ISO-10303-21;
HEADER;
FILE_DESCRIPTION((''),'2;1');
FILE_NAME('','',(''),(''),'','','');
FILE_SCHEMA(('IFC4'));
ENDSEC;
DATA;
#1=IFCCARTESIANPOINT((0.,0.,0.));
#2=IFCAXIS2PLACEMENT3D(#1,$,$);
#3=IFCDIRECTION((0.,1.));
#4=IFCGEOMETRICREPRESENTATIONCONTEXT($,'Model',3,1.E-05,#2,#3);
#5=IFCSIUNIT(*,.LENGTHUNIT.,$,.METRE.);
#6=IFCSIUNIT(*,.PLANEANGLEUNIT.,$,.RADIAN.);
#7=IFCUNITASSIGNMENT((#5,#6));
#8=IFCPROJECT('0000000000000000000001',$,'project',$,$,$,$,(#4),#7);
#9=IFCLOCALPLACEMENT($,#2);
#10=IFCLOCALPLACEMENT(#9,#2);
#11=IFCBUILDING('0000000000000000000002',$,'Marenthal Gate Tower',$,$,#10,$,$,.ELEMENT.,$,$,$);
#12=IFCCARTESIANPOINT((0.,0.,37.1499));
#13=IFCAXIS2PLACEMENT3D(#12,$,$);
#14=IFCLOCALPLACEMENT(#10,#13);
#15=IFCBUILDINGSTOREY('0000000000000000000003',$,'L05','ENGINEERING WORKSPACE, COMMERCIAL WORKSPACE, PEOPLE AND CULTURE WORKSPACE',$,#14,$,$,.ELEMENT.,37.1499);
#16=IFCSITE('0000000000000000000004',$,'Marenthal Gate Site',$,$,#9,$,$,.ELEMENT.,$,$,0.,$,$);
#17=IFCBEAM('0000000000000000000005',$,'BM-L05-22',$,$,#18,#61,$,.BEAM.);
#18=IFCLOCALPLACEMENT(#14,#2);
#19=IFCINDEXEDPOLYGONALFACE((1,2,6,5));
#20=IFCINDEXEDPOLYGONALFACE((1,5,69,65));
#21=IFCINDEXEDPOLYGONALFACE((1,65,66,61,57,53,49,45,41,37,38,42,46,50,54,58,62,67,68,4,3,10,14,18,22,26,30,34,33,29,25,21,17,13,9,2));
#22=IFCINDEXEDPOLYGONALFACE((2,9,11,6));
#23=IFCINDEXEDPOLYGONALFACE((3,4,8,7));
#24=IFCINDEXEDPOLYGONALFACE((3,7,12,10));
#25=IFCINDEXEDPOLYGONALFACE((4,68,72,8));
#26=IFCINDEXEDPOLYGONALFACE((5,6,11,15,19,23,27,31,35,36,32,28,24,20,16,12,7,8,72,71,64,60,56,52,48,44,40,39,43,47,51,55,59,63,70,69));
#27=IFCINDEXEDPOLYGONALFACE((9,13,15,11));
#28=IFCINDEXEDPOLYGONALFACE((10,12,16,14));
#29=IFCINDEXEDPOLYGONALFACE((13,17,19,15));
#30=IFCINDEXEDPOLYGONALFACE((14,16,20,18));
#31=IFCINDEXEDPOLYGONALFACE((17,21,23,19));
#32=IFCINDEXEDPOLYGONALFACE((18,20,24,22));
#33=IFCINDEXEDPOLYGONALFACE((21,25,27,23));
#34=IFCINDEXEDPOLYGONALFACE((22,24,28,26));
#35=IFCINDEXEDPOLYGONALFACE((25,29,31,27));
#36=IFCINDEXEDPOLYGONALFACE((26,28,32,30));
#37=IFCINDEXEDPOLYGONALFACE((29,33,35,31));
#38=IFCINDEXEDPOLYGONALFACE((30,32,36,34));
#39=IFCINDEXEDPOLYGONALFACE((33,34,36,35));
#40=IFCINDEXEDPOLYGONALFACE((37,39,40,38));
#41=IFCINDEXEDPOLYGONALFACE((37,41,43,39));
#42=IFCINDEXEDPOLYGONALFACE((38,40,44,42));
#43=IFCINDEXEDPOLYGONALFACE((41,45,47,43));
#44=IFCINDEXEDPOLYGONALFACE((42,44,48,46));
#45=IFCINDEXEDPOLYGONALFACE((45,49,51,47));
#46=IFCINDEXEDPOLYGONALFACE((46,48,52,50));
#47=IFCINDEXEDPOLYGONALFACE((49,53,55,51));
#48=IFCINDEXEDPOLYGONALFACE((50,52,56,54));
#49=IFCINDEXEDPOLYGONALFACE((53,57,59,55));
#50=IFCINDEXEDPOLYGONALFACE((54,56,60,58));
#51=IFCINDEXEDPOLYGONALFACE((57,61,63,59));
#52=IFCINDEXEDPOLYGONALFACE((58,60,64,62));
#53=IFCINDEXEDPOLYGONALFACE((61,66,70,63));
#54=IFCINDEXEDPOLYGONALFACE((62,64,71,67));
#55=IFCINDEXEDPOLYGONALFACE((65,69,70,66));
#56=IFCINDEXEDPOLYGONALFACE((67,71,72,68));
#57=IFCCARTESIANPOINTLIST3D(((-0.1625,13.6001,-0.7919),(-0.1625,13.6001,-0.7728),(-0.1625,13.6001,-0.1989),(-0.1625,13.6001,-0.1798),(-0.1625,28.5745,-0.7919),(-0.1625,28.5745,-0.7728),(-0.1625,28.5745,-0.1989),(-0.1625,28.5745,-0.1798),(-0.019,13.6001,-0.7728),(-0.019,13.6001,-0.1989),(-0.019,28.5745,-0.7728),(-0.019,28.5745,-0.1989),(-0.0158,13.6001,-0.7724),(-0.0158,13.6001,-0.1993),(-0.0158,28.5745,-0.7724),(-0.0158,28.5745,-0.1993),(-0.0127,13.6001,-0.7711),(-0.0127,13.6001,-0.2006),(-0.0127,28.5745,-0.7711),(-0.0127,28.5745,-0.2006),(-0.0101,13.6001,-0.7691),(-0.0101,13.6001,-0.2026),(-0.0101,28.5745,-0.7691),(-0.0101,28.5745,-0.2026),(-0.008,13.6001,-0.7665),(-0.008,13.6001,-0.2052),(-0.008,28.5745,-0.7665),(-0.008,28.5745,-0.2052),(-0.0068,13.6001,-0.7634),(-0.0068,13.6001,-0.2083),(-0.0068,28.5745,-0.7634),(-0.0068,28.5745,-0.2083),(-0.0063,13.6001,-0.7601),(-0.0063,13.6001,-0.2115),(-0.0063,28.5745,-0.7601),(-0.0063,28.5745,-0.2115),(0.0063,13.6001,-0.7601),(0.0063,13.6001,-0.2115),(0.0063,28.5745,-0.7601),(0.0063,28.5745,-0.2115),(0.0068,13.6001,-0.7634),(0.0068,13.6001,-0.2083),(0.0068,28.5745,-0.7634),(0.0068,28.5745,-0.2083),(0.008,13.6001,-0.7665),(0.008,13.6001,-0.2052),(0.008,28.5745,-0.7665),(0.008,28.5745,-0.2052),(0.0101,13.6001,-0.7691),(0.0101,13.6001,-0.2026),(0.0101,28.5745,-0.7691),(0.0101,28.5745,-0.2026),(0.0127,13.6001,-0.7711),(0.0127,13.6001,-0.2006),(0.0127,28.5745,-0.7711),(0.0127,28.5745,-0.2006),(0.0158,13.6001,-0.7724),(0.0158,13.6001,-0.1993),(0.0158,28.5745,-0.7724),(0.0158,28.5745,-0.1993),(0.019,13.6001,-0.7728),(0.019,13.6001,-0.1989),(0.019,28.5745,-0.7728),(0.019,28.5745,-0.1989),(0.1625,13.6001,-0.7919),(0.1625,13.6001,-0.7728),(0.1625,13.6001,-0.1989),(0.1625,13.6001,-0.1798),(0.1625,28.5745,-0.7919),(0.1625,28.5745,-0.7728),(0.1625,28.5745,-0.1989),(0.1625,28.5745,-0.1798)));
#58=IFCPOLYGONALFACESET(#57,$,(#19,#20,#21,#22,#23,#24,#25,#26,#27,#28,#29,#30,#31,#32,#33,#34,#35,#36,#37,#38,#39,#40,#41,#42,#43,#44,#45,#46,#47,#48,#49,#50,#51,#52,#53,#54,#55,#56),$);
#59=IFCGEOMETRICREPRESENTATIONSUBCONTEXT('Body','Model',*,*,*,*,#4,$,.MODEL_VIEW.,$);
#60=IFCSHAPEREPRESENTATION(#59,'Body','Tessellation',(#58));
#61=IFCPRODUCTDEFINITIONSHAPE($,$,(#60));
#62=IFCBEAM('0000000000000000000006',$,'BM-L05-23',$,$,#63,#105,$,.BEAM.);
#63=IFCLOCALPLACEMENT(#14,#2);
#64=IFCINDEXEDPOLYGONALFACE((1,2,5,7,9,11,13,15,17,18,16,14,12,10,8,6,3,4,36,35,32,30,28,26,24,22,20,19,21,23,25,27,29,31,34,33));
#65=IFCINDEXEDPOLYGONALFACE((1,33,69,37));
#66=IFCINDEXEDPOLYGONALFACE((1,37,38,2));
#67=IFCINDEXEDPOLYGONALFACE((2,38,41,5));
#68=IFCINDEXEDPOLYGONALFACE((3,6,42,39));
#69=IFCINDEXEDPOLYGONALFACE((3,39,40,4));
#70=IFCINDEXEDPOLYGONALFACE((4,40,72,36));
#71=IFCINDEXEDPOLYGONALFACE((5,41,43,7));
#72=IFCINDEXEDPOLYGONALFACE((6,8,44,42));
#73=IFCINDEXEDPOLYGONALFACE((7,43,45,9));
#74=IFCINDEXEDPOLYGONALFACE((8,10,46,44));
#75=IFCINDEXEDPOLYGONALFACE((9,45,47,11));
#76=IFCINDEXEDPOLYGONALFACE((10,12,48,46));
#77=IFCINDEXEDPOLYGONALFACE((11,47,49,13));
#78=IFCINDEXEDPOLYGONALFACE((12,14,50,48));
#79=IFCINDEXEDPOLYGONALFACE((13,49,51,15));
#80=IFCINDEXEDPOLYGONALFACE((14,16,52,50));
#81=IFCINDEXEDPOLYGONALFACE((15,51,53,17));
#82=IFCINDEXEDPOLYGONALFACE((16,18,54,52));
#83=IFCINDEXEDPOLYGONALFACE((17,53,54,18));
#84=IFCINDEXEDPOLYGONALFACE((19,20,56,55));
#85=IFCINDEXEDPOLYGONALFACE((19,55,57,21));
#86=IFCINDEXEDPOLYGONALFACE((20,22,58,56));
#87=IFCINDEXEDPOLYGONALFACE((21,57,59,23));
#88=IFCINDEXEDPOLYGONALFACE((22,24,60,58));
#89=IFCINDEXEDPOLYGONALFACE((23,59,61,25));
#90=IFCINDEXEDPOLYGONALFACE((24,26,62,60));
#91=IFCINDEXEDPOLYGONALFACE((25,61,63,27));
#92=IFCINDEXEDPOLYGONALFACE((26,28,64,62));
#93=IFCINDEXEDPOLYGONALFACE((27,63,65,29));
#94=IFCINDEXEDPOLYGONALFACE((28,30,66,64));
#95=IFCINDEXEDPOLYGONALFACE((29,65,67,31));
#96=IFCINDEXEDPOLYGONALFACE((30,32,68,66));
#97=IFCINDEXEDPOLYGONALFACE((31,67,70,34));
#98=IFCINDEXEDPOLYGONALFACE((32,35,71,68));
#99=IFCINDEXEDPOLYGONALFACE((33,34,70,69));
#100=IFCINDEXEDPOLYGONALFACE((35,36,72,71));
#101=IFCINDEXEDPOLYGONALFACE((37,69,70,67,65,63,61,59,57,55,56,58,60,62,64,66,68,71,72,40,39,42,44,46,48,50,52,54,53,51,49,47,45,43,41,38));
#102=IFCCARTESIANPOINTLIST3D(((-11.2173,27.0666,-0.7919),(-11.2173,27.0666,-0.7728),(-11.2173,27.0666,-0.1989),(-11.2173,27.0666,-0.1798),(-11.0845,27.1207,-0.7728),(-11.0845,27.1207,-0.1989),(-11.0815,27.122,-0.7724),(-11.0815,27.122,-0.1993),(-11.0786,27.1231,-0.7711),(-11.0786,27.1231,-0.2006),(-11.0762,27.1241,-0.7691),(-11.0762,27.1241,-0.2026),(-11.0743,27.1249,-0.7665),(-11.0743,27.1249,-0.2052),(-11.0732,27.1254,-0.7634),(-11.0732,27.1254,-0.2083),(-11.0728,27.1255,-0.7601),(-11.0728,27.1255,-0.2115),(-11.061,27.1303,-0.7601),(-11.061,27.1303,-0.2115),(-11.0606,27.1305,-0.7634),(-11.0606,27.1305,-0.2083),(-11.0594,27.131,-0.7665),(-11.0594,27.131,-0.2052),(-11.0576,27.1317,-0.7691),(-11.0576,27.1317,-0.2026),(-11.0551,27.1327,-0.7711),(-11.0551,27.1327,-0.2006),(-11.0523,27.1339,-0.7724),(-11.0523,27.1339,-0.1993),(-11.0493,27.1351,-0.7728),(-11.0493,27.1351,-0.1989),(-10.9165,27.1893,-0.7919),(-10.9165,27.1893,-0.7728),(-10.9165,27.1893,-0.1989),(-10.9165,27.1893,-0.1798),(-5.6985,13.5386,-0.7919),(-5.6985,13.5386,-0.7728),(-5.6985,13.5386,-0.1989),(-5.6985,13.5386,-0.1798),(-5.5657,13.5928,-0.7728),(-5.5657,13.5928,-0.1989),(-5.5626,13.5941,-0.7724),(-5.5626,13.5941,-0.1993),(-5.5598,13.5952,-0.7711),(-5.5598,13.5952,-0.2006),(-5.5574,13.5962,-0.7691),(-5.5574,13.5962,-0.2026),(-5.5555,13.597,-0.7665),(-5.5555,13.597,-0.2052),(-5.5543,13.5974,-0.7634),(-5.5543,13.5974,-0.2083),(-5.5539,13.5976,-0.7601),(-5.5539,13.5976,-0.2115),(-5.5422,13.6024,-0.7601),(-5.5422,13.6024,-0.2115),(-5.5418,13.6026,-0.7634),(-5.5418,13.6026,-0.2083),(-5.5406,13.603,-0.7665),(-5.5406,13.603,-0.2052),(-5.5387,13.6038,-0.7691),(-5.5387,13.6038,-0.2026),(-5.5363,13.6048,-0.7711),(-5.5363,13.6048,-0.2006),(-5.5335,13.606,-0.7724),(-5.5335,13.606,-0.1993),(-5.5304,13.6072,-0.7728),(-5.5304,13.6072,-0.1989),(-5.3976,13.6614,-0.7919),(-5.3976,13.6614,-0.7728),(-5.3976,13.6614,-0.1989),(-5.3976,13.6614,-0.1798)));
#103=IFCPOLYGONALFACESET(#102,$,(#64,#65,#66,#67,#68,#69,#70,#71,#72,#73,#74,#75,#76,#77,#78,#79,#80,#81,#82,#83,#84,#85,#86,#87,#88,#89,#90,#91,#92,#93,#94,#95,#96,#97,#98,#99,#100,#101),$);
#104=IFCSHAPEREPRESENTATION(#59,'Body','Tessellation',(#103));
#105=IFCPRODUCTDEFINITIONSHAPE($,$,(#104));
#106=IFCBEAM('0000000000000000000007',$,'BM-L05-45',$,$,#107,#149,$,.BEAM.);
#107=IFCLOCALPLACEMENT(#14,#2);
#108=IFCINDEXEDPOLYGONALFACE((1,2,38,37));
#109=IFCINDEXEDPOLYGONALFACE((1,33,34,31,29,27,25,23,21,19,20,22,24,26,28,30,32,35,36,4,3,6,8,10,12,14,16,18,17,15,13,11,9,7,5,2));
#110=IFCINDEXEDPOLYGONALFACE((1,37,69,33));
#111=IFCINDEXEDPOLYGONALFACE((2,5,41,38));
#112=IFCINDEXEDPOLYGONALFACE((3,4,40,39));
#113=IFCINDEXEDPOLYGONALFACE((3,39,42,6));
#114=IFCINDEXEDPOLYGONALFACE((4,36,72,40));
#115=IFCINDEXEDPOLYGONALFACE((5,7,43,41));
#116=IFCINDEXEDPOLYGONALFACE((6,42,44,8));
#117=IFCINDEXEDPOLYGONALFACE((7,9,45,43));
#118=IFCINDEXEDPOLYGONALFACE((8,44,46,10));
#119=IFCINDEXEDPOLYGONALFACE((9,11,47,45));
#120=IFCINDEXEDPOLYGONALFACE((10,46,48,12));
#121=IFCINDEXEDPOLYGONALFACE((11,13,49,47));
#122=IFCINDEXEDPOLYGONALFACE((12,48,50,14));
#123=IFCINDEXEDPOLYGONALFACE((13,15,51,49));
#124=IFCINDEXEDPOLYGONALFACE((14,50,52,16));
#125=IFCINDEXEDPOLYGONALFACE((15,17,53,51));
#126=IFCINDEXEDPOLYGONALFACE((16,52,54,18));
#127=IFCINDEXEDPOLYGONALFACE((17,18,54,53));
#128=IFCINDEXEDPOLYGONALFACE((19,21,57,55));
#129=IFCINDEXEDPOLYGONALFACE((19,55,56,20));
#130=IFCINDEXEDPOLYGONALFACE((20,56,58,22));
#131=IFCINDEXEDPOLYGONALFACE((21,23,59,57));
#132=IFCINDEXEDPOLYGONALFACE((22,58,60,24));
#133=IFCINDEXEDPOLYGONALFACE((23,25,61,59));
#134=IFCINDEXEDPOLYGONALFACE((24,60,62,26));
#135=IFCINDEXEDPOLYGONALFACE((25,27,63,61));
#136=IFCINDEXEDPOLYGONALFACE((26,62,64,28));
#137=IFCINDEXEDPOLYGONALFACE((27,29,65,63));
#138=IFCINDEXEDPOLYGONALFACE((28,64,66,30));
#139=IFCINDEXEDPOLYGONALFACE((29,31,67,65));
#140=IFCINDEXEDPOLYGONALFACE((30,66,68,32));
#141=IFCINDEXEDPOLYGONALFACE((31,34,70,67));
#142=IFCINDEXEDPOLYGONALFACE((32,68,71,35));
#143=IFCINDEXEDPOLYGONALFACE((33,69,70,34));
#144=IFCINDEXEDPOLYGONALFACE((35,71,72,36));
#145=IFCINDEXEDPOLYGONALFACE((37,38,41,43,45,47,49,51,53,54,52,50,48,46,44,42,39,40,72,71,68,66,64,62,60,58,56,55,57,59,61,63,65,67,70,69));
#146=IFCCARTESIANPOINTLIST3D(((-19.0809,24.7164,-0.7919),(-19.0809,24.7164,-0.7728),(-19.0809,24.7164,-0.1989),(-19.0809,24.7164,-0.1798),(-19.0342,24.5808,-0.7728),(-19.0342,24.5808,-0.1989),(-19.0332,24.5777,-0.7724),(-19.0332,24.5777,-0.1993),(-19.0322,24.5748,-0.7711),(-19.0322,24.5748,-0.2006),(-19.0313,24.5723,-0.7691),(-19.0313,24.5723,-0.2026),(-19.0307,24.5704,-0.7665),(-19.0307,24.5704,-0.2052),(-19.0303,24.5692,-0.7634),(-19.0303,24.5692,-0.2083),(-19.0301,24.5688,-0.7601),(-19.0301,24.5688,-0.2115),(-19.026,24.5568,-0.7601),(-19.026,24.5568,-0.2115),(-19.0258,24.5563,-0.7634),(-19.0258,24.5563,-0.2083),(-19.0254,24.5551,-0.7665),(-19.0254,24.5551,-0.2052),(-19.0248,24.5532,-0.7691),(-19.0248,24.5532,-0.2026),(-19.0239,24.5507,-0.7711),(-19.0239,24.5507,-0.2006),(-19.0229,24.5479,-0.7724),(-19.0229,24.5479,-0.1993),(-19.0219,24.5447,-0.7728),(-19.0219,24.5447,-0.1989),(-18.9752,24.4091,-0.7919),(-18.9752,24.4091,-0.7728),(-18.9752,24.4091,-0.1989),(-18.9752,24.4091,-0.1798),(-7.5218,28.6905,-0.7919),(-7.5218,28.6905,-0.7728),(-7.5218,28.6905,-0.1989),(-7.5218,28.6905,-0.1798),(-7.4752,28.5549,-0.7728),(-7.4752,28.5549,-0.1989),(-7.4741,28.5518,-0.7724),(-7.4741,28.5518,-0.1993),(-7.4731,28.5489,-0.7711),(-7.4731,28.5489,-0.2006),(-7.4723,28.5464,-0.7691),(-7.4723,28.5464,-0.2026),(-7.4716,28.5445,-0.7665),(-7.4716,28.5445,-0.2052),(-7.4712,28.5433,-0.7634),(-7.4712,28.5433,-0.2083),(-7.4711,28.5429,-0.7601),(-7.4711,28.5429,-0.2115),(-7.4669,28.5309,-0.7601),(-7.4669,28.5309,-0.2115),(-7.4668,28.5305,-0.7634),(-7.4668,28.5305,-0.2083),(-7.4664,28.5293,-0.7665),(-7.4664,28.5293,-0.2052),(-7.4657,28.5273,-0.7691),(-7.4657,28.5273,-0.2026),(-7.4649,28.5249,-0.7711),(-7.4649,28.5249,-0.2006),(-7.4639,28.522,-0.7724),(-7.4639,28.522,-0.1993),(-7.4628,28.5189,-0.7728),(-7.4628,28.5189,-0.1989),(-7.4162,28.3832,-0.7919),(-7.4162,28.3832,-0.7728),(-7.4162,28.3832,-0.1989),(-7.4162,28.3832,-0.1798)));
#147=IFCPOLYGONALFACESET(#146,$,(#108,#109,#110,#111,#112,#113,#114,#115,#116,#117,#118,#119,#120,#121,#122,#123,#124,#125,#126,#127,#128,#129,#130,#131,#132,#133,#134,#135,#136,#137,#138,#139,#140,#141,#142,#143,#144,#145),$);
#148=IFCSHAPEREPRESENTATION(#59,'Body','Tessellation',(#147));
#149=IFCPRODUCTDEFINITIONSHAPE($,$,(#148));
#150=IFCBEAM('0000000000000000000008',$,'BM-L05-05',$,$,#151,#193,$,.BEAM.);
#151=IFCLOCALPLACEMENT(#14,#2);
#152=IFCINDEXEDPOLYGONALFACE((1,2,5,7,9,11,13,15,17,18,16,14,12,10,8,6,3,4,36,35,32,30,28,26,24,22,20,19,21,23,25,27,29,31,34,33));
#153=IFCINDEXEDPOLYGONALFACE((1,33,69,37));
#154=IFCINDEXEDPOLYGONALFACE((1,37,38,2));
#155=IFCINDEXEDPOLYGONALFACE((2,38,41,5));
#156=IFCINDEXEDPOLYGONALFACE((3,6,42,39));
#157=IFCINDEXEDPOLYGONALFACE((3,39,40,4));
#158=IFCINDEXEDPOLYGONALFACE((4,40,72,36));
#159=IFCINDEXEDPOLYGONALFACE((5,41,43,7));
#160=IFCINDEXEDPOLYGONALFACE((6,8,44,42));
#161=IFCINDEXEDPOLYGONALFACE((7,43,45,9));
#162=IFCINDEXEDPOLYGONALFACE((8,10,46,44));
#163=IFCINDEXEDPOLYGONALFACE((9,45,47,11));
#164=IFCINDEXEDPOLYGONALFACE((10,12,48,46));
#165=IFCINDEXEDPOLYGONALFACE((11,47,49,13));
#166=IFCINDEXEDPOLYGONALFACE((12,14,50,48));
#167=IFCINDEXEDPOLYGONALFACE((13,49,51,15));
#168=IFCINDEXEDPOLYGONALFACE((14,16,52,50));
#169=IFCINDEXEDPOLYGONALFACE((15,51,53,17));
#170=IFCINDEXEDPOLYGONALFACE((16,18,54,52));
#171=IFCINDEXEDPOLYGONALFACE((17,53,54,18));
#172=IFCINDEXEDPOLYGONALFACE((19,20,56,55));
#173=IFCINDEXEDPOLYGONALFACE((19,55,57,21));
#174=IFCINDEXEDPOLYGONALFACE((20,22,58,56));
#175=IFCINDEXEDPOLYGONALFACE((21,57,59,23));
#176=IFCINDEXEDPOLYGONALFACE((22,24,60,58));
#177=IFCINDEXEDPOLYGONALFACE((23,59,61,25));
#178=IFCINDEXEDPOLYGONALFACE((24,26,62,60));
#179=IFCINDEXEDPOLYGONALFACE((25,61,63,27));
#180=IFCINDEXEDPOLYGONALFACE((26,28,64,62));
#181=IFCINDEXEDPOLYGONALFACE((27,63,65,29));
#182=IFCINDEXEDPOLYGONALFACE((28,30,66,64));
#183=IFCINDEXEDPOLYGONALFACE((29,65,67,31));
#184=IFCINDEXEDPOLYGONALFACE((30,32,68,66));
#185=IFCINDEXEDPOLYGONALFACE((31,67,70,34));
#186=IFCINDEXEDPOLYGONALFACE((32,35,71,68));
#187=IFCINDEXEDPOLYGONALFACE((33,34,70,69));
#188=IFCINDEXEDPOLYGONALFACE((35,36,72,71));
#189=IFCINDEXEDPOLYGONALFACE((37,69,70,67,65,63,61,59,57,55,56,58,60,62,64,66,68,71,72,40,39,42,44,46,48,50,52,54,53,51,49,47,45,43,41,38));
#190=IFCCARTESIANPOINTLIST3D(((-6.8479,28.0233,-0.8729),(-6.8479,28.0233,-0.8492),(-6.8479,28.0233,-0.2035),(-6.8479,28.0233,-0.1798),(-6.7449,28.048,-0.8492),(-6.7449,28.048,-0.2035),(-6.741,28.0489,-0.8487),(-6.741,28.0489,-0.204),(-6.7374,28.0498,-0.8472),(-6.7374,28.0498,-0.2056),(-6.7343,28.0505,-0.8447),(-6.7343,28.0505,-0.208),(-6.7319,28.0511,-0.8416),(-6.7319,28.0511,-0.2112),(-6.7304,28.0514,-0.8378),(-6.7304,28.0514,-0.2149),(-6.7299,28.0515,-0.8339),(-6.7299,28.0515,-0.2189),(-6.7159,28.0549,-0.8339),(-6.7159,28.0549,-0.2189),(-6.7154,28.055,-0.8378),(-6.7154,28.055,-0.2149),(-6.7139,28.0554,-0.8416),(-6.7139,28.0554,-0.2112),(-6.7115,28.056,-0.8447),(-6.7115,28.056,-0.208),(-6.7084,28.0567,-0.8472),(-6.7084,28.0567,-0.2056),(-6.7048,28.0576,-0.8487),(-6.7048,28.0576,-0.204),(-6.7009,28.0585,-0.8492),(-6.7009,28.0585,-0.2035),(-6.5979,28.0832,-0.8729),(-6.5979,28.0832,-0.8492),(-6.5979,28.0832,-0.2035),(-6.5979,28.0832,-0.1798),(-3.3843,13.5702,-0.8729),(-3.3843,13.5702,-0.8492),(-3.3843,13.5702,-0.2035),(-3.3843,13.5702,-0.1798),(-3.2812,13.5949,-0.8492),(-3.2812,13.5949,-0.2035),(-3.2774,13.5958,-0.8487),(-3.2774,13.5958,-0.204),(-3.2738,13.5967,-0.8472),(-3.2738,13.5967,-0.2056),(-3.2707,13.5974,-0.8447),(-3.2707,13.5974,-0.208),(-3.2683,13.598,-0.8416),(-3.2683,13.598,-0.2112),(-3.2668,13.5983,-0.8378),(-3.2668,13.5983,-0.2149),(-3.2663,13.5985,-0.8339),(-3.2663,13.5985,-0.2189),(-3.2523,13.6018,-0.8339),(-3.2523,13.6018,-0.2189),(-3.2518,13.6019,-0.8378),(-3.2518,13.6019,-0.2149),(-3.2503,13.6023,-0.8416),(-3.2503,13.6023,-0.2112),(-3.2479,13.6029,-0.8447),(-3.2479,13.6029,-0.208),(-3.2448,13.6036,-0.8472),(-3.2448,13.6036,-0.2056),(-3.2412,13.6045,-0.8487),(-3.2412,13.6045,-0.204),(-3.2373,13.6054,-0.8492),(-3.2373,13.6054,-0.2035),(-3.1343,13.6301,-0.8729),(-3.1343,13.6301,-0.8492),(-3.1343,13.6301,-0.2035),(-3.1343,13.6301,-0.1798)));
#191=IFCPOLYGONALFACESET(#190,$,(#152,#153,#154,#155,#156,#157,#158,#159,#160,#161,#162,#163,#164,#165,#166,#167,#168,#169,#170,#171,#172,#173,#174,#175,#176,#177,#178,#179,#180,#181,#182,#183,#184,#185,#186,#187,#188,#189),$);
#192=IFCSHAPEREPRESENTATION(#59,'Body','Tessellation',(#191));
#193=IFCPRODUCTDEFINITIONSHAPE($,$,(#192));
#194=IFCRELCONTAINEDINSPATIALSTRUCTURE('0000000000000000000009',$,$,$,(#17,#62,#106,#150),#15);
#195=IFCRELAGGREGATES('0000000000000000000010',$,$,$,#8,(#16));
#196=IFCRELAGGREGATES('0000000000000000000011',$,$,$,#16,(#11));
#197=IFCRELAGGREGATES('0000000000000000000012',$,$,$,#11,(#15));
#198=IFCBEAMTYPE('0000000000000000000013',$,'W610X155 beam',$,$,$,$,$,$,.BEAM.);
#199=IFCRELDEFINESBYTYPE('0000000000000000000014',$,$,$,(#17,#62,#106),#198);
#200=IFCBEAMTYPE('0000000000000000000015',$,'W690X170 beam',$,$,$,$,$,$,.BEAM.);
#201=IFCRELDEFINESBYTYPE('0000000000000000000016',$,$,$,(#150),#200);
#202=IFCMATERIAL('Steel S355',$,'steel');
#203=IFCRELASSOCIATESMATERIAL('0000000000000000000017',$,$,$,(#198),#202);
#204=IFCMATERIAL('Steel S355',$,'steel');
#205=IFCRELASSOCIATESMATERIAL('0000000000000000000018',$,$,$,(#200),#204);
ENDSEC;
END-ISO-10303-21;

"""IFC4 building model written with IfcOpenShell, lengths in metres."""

from ifc_helpers import new_model, si_unit, direction, frame, origin, origin_2d, place, context, subcontext, project, spatial, i_section, extrude, material, material_profile, profile_set, type_object, element, save


model = new_model("IFC4")

# Units and contexts
model_context = context("Model", 3, precision=1e-05, world=origin(), true_north=direction((0.0, 1.0)))
body_context = subcontext(model_context, "Body", "Model", "MODEL_VIEW")
ifc_project = project(units=[si_unit("LENGTHUNIT", "METRE"), si_unit("PLANEANGLEUNIT", "RADIAN")], contexts=[model_context])

# Site, building, storey
site_placement = place(None, origin())
site = spatial("IfcSite", under=ifc_project, at=site_placement, Name="Marenthal Gate Site", CompositionType="ELEMENT", RefElevation=0.0)
building_placement = place(site_placement, origin())
building = spatial("IfcBuilding", under=site, at=building_placement, Name="Marenthal Gate Tower", CompositionType="ELEMENT")
storey_placement = place(building_placement, frame((0.0, 0.0, 37.1499)))
storey = spatial("IfcBuildingStorey", under=building, at=storey_placement, Name="L05", Description="ENGINEERING WORKSPACE, COMMERCIAL WORKSPACE, PEOPLE AND CULTURE WORKSPACE", CompositionType="ELEMENT", Elevation=37.1499)

# Beams
ifc_material_1 = material(Name="Steel S355", Category="steel")
ifc_material_profile_1 = material_profile(ifc_material_1, i_section(OverallWidth=0.325, OverallDepth=0.6121, WebThickness=0.0127, FlangeThickness=0.019, FilletRadius=0.0127, at=origin_2d()), Name="W610X155")
ifc_profile_set_1 = profile_set([ifc_material_profile_1], Name="Steel S355")
beam_type_1 = type_object("IfcBeamType", Name="W610X155 beam", PredefinedType="BEAM", material=ifc_profile_set_1)
beam_1_placement = place(storey_placement, frame((0.0, 28.5745, -0.4858), z_axis=(0.0, -1.0, 0.0), x_axis=(1.0, 0.0, 0.0)))
element("IfcBeam", 1, at=beam_1_placement, inside=storey, type_object=beam_type_1, Name="BM-L05-22", PredefinedType="BEAM", context=body_context, shape_type="SweptSolid", body=[
    extrude(i_section(OverallWidth=0.325, OverallDepth=0.6121, WebThickness=0.0127, FlangeThickness=0.019, FilletRadius=0.0127, at=origin_2d()), origin(), (0.0, 0.0, 1.0), 14.9744),
])
beam_2_placement = place(storey_placement, frame((-11.0669, 27.1279, -0.4858), z_axis=(0.377735, -0.925914, 0.0), x_axis=(0.925914, 0.377735, 0.0)))
element("IfcBeam", 2, at=beam_2_placement, inside=storey, type_object=beam_type_1, Name="BM-L05-23", PredefinedType="BEAM", context=body_context, shape_type="SweptSolid", body=[
    extrude(i_section(OverallWidth=0.325, OverallDepth=0.6121, WebThickness=0.0127, FlangeThickness=0.019, FilletRadius=0.0127, at=origin_2d()), origin(), (0.0, 0.0, 1.0), 14.6104),
])
beam_3_placement = place(storey_placement, frame((-7.469, 28.5369, -0.4858), z_axis=(-0.945669, -0.32513, 0.0), x_axis=(0.32513, -0.945669, 0.0)))
element("IfcBeam", 3, at=beam_3_placement, inside=storey, type_object=beam_type_1, Name="BM-L05-45", PredefinedType="BEAM", context=body_context, shape_type="SweptSolid", body=[
    extrude(i_section(OverallWidth=0.325, OverallDepth=0.6121, WebThickness=0.0127, FlangeThickness=0.019, FilletRadius=0.0127, at=origin_2d()), origin(), (0.0, 0.0, 1.0), 12.2231),
])
ifc_material_2 = material(Name="Steel S355", Category="steel")
ifc_material_profile_2 = material_profile(ifc_material_2, i_section(OverallWidth=0.2571, OverallDepth=0.6931, WebThickness=0.0144, FlangeThickness=0.0237, FilletRadius=0.0154, at=origin_2d()), Name="W690X170")
ifc_profile_set_2 = profile_set([ifc_material_profile_2], Name="Steel S355")
beam_type_2 = type_object("IfcBeamType", Name="W690X170 beam", PredefinedType="BEAM", material=ifc_profile_set_2)
beam_4_placement = place(storey_placement, frame((-6.7229, 28.0532, -0.5264), z_axis=(0.233047, -0.972466, 0.0), x_axis=(0.972466, 0.233047, 0.0)))
element("IfcBeam", 4, at=beam_4_placement, inside=storey, type_object=beam_type_2, Name="BM-L05-05", PredefinedType="BEAM", context=body_context, shape_type="SweptSolid", body=[
    extrude(i_section(OverallWidth=0.2571, OverallDepth=0.6931, WebThickness=0.0144, FlangeThickness=0.0237, FilletRadius=0.0154, at=origin_2d()), origin(), (0.0, 0.0, 1.0), 14.8623),
])

save(model, "model.ifc")
